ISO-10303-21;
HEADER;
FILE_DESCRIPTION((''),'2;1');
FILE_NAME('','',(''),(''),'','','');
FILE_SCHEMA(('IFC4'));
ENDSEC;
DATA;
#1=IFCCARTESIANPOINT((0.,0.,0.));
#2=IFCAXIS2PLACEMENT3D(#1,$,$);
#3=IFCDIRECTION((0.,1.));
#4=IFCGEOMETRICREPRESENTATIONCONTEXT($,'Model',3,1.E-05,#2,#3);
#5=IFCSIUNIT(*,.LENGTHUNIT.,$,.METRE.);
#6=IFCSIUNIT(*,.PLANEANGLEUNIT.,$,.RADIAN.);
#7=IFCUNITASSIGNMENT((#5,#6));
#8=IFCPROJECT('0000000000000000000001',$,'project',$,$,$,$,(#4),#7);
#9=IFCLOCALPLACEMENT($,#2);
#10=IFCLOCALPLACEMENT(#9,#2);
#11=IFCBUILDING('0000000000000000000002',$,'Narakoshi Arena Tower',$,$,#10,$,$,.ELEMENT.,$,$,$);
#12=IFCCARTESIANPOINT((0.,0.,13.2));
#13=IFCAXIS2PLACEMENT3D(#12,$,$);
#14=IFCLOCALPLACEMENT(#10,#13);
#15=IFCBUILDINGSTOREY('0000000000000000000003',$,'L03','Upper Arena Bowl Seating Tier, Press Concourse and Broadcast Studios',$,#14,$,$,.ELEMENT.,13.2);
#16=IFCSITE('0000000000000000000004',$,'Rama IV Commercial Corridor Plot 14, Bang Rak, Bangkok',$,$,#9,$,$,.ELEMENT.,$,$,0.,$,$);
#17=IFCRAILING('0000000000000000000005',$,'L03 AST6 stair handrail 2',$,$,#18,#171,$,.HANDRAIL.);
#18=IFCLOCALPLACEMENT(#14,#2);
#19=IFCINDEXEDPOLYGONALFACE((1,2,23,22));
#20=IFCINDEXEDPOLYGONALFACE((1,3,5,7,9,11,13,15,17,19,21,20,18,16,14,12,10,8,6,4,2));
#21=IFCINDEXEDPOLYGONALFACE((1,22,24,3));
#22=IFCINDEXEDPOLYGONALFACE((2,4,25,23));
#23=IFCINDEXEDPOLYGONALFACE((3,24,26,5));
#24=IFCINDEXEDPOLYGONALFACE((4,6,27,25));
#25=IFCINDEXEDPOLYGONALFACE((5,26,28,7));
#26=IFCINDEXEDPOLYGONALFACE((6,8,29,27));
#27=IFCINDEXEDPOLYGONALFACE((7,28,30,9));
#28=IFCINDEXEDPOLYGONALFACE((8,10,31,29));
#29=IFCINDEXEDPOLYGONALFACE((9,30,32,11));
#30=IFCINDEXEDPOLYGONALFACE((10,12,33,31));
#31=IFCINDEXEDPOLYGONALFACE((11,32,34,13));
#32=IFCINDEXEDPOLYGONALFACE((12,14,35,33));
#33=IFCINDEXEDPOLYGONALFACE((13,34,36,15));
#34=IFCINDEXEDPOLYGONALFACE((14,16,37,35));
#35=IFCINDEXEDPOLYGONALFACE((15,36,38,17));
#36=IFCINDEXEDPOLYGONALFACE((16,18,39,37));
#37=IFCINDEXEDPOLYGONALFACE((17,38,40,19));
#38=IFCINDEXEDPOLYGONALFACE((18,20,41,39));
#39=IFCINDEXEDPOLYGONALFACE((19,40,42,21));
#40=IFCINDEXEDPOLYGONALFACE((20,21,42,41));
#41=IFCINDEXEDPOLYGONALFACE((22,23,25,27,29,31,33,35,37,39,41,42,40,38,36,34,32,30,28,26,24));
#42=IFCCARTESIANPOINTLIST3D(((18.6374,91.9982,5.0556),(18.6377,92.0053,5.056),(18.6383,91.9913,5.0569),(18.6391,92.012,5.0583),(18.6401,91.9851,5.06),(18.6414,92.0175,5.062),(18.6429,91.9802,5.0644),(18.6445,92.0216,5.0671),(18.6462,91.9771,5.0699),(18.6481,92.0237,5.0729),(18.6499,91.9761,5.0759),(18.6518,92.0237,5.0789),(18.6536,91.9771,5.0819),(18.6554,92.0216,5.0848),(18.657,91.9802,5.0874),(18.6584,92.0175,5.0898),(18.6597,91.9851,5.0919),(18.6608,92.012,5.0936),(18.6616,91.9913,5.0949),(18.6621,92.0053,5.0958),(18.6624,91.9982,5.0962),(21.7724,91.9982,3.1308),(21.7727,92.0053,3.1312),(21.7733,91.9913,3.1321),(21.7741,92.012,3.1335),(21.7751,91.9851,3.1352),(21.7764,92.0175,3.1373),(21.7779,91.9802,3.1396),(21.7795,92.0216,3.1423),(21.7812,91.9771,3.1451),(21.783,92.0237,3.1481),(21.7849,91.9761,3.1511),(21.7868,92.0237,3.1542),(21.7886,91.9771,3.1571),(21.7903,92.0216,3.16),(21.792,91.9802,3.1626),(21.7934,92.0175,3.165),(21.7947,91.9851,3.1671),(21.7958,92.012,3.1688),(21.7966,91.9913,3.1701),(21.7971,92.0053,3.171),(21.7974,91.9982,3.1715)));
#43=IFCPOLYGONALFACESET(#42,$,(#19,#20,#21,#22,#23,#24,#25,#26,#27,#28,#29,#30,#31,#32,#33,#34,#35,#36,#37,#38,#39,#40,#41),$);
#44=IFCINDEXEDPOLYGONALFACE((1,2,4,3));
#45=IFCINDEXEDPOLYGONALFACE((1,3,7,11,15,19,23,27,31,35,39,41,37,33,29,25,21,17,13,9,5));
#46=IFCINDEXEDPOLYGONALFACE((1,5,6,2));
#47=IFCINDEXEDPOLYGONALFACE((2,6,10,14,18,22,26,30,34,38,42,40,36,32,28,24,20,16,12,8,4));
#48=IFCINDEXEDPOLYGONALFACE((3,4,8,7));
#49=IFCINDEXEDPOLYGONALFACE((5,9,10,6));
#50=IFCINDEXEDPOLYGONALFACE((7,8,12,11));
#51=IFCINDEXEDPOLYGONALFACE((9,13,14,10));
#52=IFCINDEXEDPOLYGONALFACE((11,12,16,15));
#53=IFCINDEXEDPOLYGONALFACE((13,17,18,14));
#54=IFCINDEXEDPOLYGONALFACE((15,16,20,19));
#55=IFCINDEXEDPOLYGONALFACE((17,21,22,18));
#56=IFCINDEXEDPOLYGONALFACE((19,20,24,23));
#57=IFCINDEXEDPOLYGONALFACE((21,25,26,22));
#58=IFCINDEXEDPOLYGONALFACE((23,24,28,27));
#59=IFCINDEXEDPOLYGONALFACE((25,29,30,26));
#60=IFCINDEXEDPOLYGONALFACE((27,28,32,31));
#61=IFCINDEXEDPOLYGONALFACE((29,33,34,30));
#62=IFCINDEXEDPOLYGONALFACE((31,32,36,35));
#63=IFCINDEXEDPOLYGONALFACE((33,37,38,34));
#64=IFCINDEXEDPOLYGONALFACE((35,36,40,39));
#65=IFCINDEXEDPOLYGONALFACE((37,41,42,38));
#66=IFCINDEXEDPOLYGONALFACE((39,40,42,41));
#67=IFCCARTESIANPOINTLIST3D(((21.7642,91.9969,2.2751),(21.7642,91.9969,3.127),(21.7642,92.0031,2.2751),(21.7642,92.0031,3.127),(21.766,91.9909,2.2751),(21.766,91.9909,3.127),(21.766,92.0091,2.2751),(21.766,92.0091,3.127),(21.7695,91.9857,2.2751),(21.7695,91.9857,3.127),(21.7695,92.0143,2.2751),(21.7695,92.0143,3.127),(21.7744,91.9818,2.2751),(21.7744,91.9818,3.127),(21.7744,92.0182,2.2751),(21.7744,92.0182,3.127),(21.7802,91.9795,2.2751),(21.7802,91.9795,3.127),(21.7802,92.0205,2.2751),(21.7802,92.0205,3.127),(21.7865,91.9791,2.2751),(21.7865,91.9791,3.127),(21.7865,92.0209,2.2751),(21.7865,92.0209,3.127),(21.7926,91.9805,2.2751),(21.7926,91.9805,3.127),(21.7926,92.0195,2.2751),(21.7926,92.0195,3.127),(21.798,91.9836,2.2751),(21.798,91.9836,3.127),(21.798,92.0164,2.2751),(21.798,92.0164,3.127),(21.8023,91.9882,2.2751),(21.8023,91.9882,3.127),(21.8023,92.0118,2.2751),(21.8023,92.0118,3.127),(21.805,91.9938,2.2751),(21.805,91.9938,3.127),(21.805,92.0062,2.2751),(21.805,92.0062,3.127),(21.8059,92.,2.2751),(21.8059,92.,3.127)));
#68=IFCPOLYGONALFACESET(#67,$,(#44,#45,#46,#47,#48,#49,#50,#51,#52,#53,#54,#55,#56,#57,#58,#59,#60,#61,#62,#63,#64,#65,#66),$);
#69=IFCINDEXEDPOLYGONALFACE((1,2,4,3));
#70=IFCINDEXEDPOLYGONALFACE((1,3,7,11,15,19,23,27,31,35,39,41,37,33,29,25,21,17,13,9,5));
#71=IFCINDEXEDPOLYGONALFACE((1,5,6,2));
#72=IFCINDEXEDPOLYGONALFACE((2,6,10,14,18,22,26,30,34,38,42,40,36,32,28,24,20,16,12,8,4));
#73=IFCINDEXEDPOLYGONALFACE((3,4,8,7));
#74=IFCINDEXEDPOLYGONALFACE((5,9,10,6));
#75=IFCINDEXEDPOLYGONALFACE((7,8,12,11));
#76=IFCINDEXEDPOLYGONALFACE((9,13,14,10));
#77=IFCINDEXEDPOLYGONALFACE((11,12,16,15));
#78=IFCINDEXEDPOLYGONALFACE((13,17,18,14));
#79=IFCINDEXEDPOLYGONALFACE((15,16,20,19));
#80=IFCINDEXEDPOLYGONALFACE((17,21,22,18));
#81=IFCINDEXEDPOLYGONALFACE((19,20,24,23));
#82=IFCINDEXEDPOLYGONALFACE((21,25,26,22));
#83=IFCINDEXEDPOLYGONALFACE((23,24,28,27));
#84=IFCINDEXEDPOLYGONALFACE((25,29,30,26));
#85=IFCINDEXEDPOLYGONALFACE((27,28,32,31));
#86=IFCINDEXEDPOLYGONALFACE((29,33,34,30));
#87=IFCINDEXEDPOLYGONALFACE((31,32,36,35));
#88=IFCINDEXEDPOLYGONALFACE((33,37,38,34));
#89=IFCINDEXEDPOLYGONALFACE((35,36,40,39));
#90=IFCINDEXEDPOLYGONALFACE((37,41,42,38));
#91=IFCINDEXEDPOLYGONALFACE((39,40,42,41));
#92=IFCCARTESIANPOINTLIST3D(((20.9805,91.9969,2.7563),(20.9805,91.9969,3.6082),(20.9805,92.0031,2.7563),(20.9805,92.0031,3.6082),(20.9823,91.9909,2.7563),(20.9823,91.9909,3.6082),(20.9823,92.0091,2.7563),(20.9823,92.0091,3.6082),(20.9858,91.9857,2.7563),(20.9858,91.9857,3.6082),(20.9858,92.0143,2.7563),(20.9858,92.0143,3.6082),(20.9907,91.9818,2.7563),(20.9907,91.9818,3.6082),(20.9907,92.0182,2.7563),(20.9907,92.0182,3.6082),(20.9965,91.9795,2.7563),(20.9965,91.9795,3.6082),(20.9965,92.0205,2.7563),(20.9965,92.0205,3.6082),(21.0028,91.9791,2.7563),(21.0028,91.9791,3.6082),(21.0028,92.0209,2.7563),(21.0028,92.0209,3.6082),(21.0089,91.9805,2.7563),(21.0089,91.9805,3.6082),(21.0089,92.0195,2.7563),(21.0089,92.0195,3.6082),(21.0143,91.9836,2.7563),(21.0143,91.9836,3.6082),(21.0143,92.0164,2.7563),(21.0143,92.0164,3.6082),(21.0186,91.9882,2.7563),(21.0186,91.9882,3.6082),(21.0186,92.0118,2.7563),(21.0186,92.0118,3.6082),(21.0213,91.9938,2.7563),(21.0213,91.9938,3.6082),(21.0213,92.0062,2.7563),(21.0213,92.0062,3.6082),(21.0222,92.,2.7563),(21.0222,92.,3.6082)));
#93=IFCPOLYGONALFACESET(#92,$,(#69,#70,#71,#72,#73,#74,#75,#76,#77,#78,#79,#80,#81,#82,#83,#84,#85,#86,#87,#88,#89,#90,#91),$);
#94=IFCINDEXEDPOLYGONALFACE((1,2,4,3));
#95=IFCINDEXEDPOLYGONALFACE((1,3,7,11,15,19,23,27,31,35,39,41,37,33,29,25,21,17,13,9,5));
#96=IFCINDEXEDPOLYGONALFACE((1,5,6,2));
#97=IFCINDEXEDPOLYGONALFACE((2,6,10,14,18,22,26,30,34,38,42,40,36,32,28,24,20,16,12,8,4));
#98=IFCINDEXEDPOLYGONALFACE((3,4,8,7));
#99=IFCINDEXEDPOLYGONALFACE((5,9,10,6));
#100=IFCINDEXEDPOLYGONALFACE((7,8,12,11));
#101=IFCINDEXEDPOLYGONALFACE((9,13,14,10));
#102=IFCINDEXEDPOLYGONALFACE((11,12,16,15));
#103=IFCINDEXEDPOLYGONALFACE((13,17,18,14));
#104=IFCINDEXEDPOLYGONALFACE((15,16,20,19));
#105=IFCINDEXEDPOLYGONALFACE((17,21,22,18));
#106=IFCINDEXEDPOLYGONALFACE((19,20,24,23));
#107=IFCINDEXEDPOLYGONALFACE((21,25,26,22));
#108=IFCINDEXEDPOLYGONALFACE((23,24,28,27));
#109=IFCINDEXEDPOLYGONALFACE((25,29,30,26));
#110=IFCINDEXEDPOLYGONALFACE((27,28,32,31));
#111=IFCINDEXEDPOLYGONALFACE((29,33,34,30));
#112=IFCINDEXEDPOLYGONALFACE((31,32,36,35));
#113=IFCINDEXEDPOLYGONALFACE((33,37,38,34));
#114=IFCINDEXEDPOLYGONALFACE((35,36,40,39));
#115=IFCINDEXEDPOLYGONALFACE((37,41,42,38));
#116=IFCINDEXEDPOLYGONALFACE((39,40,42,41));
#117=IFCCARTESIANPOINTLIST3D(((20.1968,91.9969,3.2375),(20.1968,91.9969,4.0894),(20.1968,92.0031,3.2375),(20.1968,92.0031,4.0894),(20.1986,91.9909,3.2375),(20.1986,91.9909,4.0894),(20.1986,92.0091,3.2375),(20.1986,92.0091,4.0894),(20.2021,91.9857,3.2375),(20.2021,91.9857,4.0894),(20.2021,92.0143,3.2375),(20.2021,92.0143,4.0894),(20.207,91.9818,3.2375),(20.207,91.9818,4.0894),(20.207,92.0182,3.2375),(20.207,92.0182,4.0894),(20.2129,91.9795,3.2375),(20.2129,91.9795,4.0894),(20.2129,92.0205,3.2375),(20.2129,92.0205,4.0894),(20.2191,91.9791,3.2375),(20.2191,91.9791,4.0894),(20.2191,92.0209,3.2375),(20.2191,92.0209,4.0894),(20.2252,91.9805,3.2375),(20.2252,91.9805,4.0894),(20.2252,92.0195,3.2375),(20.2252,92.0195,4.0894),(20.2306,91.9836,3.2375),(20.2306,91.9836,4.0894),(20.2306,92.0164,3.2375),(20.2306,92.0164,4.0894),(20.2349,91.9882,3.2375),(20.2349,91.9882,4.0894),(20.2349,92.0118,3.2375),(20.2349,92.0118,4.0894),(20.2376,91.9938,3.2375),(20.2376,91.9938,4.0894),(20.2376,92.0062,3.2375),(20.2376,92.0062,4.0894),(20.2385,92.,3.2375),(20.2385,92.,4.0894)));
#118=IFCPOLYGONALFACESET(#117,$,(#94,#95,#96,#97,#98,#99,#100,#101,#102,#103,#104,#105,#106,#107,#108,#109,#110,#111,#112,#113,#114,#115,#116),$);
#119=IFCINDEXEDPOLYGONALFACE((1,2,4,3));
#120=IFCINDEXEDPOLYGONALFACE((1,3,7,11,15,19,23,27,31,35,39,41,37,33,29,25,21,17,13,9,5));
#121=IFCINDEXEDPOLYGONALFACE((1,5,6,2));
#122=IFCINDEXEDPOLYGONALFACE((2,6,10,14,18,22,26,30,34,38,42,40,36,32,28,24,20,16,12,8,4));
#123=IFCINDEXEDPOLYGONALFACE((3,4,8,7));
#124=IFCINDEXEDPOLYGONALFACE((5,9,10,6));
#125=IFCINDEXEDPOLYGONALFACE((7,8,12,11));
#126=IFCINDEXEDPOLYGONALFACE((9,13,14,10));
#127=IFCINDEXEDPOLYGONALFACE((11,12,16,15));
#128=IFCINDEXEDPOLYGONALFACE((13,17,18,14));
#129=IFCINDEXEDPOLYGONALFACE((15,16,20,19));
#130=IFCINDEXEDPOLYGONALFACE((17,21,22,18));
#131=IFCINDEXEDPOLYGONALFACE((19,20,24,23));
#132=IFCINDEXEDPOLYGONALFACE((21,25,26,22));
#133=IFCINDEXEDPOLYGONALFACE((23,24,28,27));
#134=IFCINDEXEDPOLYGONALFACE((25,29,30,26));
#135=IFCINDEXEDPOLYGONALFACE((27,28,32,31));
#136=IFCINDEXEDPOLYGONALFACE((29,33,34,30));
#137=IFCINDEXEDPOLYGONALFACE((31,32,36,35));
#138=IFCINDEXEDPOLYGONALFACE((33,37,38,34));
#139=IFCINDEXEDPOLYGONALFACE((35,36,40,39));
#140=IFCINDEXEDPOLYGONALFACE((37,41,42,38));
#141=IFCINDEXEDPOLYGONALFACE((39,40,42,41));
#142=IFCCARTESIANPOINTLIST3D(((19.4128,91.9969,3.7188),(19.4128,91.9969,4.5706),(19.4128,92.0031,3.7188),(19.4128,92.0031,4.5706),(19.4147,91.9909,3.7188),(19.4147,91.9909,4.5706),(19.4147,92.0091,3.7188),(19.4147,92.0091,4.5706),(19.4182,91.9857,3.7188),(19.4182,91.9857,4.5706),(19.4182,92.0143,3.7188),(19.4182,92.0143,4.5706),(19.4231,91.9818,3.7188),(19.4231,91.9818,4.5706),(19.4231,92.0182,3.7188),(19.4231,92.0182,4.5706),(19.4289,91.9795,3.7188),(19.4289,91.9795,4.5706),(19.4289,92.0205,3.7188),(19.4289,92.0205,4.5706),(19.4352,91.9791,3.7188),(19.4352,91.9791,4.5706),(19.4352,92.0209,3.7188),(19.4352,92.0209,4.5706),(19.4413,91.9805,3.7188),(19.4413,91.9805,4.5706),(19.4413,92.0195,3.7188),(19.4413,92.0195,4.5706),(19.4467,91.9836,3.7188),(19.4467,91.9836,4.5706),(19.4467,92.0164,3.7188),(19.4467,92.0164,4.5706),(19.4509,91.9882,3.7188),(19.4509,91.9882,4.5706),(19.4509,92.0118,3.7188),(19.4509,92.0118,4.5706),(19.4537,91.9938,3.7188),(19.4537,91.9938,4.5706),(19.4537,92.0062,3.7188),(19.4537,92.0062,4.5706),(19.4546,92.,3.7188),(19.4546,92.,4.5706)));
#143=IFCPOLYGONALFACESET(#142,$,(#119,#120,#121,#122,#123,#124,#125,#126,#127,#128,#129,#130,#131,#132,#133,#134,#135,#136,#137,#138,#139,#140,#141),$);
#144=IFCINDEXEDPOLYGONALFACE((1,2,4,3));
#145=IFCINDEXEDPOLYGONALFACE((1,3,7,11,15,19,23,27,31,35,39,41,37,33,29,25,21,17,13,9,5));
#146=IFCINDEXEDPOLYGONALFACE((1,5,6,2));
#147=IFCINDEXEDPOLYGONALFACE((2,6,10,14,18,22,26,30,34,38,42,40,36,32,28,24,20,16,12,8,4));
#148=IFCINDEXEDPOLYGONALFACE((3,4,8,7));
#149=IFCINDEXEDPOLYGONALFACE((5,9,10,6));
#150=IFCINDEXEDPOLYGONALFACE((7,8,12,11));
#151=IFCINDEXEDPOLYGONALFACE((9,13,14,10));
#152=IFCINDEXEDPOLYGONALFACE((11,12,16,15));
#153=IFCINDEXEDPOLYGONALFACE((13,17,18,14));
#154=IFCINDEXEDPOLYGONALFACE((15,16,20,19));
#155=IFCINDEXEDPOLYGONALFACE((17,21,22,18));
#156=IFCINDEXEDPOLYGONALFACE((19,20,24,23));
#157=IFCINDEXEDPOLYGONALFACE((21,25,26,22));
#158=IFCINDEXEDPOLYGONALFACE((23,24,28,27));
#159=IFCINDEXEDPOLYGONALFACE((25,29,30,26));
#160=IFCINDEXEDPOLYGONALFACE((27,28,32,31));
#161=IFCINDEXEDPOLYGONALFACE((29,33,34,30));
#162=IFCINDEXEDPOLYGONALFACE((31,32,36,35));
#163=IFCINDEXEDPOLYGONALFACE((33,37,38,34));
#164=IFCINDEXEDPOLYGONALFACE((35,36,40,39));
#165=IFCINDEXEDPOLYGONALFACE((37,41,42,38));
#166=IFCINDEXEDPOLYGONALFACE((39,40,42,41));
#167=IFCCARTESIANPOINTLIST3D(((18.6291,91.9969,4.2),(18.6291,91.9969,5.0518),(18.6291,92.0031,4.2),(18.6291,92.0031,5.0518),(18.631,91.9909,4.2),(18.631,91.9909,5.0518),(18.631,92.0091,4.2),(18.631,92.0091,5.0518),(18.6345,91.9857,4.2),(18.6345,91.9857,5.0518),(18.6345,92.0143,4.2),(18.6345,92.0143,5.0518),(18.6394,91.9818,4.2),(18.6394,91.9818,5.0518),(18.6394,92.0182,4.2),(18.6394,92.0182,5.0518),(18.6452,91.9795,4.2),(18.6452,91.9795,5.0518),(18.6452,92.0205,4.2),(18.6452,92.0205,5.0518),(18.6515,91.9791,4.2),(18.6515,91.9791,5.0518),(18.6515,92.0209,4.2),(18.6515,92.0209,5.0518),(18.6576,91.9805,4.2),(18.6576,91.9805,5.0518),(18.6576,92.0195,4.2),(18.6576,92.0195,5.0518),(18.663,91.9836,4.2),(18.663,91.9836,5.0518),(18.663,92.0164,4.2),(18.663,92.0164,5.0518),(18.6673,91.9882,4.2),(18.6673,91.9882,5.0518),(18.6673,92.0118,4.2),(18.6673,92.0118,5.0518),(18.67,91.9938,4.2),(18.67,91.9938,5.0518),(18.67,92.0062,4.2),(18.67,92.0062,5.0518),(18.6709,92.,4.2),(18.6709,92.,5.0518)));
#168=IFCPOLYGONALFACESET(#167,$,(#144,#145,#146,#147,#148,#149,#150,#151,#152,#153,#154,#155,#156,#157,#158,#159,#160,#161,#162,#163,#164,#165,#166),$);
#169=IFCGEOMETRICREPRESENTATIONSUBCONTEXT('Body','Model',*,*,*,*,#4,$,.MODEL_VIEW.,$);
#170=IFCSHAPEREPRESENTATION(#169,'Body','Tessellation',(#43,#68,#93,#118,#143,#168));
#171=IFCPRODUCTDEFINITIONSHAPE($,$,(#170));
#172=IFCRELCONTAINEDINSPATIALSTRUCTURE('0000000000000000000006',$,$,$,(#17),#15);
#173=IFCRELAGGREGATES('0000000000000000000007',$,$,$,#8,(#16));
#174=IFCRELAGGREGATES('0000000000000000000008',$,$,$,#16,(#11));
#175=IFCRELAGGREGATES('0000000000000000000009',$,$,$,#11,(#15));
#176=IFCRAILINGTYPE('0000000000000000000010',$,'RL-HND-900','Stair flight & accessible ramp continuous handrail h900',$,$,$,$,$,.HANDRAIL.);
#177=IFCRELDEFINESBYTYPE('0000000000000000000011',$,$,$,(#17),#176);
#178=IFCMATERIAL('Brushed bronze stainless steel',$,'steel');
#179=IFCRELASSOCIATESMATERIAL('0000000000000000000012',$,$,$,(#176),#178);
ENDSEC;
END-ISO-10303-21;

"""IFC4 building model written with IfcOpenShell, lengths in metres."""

from ifc_helpers import new_model, si_unit, direction, frame, origin, origin_2d, place, context, subcontext, project, spatial, circle, extrude, material, type_object, element, save


model = new_model("IFC4")

# Units and contexts
model_context = context("Model", 3, precision=1e-05, world=origin(), true_north=direction((0.0, 1.0)))
body_context = subcontext(model_context, "Body", "Model", "MODEL_VIEW")
ifc_project = project(units=[si_unit("LENGTHUNIT", "METRE"), si_unit("PLANEANGLEUNIT", "RADIAN")], contexts=[model_context])

# Site, building, storey
site_placement = place(None, origin())
site = spatial("IfcSite", under=ifc_project, at=site_placement, Name="Rama IV Commercial Corridor Plot 14, Bang Rak, Bangkok", CompositionType="ELEMENT", RefElevation=0.0)
building_placement = place(site_placement, origin())
building = spatial("IfcBuilding", under=site, at=building_placement, Name="Narakoshi Arena Tower", CompositionType="ELEMENT")
storey_placement = place(building_placement, frame((0.0, 0.0, 13.2)))
storey = spatial("IfcBuildingStorey", under=building, at=storey_placement, Name="L03", Description="Upper Arena Bowl Seating Tier, Press Concourse and Broadcast Studios", CompositionType="ELEMENT", Elevation=13.2)

# Railing
ifc_material_1 = material(Name="Brushed bronze stainless steel", Category="steel")
railing_type_1 = type_object("IfcRailingType", Name="RL-HND-900", Description="Stair flight & accessible ramp continuous handrail h900", PredefinedType="HANDRAIL", material=ifc_material_1)
railing_1_placement = place(storey_placement, frame((21.7849, 92.0, 2.2751)))
element("IfcRailing", 1, at=railing_1_placement, inside=storey, type_object=railing_type_1, Name="L03 AST6 stair handrail 2", PredefinedType="HANDRAIL", context=body_context, shape_type="SweptSolid", body=[
    extrude(circle(Radius=0.0239, at=origin_2d()), frame((0.0, 0.0, 0.876), z_axis=(-0.852196, 0.0, 0.523223), x_axis=(0.0, -1.0, 0.0)), (0.0, 0.0, 1.0), 3.6787),
    extrude(circle(Radius=0.021, at=origin_2d()), origin(), (0.0, 0.0, 1.0), 0.8518),
    extrude(circle(Radius=0.021, at=origin_2d()), frame((-0.7837, 0.0, 0.4812)), (0.0, 0.0, 1.0), 0.8518),
    extrude(circle(Radius=0.021, at=origin_2d()), frame((-1.5674, 0.0, 0.9624)), (0.0, 0.0, 1.0), 0.8518),
    extrude(circle(Radius=0.021, at=origin_2d()), frame((-2.3513, 0.0, 1.4436)), (0.0, 0.0, 1.0), 0.8518),
    extrude(circle(Radius=0.021, at=origin_2d()), frame((-3.135, 0.0, 1.9248)), (0.0, 0.0, 1.0), 0.8518),
])

save(model, "model.ifc")
